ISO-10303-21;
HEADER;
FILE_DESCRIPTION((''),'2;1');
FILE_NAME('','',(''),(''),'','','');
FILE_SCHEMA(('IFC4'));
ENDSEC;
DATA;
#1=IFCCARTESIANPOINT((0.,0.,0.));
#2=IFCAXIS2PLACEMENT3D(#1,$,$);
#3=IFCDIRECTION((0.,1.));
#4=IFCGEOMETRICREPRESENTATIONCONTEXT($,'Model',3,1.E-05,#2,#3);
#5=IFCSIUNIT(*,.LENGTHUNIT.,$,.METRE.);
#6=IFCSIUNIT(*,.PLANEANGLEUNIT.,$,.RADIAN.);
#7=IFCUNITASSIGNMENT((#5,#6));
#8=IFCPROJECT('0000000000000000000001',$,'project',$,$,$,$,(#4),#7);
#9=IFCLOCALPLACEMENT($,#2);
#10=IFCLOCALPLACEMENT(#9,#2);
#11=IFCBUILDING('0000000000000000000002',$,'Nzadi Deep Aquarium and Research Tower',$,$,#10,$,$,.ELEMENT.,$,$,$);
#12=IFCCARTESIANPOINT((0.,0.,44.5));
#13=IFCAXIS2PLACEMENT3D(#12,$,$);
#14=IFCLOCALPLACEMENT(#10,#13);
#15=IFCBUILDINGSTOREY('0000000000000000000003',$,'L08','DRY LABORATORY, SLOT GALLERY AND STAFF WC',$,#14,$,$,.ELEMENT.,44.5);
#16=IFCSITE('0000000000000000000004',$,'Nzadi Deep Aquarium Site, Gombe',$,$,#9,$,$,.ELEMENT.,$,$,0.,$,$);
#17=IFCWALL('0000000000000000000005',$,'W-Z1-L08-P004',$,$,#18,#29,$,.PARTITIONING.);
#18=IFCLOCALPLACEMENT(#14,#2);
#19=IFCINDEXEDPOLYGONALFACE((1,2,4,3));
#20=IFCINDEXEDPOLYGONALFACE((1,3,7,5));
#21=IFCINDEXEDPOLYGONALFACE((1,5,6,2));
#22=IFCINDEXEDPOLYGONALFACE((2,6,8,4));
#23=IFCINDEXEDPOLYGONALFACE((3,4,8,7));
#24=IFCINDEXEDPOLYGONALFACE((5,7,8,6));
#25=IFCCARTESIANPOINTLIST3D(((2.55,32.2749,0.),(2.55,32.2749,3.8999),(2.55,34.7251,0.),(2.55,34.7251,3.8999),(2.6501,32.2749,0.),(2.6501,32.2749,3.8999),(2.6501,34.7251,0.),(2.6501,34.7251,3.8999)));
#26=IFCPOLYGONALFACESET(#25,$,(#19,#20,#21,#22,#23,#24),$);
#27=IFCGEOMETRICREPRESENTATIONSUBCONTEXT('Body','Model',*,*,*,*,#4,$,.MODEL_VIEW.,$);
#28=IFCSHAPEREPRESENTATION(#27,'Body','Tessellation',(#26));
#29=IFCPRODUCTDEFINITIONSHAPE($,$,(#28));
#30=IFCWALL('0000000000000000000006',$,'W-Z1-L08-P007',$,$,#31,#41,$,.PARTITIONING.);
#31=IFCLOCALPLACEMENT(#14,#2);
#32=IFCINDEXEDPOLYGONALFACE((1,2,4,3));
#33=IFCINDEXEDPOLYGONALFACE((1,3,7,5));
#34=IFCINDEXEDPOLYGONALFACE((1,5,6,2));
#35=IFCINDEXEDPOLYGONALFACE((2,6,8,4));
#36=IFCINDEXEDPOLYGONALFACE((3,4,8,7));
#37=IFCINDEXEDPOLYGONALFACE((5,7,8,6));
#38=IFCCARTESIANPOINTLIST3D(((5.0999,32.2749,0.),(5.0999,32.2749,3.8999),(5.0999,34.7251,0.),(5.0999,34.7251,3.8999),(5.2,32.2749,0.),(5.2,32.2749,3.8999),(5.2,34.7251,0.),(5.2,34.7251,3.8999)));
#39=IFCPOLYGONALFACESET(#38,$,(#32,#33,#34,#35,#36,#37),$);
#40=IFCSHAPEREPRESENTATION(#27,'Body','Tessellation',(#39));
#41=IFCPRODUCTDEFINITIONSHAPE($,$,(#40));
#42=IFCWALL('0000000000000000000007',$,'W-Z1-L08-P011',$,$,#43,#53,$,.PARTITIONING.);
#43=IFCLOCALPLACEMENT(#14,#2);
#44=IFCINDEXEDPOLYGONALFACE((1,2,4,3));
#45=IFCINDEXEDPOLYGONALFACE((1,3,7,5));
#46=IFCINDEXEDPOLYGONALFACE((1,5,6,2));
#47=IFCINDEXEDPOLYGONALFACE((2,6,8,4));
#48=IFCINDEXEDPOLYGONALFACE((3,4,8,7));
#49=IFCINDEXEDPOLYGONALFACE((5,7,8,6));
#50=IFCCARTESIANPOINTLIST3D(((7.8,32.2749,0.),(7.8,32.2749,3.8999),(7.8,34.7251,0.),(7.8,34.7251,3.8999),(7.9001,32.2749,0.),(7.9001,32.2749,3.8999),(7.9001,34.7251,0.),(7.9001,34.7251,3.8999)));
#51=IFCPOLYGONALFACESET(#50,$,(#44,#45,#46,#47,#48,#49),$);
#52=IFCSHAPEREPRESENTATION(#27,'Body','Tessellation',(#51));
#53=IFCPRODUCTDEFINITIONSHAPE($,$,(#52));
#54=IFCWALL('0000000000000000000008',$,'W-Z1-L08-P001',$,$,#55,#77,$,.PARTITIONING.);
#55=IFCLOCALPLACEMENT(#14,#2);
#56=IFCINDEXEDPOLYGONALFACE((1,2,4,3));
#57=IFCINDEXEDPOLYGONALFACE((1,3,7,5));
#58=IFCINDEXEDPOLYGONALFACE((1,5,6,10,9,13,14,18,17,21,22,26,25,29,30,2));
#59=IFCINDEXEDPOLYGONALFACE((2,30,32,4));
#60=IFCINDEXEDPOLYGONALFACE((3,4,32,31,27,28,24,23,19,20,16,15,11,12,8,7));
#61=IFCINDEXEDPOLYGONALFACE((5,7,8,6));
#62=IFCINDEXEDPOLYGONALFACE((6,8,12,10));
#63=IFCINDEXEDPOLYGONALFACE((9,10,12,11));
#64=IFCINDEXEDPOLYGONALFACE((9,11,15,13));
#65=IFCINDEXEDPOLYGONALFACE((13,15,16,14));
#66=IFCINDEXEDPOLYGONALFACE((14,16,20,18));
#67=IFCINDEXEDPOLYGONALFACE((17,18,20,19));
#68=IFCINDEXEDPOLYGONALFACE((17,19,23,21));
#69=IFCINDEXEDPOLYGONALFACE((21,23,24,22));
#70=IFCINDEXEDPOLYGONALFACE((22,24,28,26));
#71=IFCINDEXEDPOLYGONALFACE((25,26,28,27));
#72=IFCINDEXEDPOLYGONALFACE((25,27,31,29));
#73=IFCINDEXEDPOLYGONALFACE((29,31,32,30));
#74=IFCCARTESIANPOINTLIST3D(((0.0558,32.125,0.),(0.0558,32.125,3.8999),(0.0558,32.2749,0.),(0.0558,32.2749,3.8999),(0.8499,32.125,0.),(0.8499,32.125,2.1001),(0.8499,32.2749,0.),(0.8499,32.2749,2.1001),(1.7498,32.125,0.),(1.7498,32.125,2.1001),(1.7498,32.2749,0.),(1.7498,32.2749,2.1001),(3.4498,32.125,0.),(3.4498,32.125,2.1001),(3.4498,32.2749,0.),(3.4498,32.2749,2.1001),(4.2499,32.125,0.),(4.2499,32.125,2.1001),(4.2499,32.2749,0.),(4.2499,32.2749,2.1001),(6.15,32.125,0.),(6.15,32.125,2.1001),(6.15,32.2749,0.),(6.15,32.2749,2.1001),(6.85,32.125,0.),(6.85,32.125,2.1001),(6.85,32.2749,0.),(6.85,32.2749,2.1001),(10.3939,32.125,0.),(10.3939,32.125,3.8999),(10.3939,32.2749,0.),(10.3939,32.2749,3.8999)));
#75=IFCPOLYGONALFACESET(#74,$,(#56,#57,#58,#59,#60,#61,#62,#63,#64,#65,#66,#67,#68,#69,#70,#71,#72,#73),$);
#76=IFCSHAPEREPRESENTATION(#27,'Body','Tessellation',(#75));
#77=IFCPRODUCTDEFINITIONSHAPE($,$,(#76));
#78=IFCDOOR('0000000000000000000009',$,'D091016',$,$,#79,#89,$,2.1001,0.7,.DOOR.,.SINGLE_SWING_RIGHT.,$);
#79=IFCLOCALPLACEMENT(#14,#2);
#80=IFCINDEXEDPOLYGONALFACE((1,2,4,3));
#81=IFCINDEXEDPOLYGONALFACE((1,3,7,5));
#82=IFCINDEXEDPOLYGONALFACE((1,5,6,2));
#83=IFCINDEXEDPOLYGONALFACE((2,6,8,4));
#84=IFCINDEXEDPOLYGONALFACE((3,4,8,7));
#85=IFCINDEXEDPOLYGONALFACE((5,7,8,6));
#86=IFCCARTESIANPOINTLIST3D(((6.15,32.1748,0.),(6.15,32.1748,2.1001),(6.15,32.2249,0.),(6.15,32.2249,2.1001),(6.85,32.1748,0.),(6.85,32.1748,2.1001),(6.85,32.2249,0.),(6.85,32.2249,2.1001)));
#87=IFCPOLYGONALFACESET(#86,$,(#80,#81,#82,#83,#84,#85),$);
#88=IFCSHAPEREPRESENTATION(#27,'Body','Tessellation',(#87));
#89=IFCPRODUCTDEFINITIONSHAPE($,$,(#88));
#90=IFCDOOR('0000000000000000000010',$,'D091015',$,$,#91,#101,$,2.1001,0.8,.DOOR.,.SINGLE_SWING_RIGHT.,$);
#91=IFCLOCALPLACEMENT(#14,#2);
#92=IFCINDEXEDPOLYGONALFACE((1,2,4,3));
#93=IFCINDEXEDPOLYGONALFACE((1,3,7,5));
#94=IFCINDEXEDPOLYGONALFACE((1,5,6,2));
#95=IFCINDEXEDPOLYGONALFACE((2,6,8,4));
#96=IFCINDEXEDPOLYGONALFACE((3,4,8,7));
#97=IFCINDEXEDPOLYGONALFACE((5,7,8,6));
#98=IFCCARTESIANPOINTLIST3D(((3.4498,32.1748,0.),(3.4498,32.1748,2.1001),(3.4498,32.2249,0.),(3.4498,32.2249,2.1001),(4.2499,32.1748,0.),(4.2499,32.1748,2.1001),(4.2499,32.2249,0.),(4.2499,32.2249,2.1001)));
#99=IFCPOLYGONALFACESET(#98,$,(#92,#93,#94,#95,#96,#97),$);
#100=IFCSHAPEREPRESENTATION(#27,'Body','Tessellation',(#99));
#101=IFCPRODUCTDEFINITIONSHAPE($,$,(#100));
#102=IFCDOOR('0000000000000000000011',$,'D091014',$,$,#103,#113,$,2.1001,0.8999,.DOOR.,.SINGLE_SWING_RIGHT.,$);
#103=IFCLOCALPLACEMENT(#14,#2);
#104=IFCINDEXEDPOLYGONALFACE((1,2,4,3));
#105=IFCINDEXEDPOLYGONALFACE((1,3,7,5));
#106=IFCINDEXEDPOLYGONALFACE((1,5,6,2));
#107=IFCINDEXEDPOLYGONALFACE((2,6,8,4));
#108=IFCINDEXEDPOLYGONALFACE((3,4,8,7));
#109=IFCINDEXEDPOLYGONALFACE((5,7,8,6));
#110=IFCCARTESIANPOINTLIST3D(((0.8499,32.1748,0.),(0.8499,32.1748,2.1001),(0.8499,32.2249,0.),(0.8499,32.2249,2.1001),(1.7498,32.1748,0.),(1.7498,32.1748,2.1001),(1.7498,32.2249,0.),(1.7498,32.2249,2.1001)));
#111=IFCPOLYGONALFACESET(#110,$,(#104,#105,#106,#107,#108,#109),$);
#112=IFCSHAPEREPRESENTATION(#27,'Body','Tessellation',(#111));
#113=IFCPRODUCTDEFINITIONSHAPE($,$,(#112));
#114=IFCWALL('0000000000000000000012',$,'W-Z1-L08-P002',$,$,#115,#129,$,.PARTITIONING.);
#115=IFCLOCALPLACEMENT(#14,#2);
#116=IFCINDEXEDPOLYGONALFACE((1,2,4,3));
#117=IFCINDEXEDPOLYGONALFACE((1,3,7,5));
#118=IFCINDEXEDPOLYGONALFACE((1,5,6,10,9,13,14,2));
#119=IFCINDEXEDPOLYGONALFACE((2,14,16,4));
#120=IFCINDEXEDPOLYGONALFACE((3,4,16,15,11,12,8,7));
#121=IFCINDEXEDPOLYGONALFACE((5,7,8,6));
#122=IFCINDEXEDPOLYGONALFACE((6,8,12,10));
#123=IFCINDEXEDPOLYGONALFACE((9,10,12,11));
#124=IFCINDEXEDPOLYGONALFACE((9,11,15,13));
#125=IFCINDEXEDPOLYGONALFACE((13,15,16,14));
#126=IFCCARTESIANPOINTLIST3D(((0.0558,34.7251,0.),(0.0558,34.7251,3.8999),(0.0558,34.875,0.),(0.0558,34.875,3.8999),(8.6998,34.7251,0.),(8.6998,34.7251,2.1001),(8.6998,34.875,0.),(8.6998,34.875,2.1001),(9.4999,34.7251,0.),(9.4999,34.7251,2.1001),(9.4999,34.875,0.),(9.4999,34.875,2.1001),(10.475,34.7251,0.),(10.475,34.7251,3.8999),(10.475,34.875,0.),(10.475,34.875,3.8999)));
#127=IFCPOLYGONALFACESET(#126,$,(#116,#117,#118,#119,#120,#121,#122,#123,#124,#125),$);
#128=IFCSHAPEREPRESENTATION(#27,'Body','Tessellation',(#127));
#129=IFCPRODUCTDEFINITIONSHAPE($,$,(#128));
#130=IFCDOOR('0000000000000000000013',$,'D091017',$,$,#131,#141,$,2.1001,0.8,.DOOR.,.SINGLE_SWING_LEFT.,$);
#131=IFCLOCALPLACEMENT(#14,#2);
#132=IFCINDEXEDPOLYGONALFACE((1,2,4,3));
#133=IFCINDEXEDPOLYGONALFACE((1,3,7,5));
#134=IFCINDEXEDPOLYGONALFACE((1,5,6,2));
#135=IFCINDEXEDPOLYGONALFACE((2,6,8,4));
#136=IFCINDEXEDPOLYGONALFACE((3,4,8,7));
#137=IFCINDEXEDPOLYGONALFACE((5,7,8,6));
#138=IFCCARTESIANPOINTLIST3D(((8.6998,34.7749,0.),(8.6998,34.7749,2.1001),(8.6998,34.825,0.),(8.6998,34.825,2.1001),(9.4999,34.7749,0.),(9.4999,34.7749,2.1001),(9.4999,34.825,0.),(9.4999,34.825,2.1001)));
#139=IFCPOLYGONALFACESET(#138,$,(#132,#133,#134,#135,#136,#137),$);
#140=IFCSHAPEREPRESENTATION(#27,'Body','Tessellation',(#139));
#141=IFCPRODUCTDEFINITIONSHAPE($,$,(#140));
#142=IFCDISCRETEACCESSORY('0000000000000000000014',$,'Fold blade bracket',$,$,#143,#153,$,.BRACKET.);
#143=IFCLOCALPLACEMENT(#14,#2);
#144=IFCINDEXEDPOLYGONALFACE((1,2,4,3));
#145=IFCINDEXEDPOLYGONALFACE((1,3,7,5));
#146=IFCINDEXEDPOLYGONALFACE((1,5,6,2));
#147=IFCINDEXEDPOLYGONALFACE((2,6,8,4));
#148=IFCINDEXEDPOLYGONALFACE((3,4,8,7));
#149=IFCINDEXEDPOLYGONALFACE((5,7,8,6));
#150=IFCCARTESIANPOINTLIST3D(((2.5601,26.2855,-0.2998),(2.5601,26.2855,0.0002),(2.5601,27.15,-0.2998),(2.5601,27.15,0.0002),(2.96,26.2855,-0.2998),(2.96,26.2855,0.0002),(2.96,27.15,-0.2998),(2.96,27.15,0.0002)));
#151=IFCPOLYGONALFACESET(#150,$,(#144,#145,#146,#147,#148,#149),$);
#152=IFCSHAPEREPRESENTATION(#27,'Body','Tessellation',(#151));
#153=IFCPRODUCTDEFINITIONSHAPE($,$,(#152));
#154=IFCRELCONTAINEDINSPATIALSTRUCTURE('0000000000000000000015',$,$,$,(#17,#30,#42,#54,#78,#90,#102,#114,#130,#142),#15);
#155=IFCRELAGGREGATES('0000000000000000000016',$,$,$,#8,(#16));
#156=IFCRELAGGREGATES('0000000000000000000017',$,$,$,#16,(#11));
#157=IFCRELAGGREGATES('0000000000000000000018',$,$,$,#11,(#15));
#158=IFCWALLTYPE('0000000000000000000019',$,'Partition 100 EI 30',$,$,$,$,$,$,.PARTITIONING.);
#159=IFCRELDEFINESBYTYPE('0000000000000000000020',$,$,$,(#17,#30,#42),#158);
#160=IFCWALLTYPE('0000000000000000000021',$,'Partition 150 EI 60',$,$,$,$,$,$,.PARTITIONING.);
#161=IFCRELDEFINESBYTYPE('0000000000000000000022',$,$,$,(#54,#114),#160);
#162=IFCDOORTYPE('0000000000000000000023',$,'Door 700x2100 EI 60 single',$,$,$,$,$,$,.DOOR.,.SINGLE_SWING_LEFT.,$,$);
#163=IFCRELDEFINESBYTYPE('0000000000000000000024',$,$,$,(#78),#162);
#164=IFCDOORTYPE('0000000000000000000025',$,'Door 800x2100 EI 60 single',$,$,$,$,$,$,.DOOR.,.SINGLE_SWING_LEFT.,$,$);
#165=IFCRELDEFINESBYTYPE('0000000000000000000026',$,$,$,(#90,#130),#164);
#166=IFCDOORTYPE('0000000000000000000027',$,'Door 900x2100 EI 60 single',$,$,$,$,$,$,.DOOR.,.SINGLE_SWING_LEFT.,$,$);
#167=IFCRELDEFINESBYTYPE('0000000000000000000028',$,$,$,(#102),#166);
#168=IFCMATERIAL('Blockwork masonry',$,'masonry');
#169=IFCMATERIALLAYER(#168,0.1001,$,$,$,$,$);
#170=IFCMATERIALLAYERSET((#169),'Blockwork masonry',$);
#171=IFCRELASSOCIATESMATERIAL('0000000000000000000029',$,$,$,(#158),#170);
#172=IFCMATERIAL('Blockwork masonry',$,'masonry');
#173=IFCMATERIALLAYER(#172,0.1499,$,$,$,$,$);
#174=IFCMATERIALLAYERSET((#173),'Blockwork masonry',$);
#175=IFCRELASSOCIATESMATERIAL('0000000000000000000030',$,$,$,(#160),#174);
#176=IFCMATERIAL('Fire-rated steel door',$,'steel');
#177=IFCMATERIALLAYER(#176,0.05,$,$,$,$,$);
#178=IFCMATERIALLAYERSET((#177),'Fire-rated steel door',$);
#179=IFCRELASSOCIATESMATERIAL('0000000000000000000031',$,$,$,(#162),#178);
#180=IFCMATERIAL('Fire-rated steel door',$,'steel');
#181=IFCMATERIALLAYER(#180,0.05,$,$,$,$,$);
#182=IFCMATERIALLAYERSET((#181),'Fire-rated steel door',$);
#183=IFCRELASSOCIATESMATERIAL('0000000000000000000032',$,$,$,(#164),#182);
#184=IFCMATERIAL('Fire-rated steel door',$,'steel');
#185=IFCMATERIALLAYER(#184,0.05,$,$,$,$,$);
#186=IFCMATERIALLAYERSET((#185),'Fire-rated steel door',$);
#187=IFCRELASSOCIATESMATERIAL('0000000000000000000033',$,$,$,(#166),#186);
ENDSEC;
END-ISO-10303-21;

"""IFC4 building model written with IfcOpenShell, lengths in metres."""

from ifc_helpers import new_model, si_unit, direction, frame, frame_2d, origin, origin_2d, place, context, subcontext, project, spatial, rectangle, extrude, material, layer, layer_set, type_object, element, fill, save


model = new_model("IFC4")

# Units and contexts
model_context = context("Model", 3, precision=1e-05, world=origin(), true_north=direction((0.0, 1.0)))
body_context = subcontext(model_context, "Body", "Model", "MODEL_VIEW")
ifc_project = project(units=[si_unit("LENGTHUNIT", "METRE"), si_unit("PLANEANGLEUNIT", "RADIAN")], contexts=[model_context])

# Site, building, storey
site_placement = place(None, origin())
site = spatial("IfcSite", under=ifc_project, at=site_placement, Name="Nzadi Deep Aquarium Site, Gombe", CompositionType="ELEMENT", RefElevation=0.0)
building_placement = place(site_placement, origin())
building = spatial("IfcBuilding", under=site, at=building_placement, Name="Nzadi Deep Aquarium and Research Tower", CompositionType="ELEMENT")
storey_placement = place(building_placement, frame((0.0, 0.0, 44.5)))
storey = spatial("IfcBuildingStorey", under=building, at=storey_placement, Name="L08", Description="DRY LABORATORY, SLOT GALLERY AND STAFF WC", CompositionType="ELEMENT", Elevation=44.5)

# Walls
ifc_material_1 = material(Name="Blockwork masonry", Category="masonry")
ifc_layer_1 = layer(ifc_material_1, 0.1001)
ifc_layer_set_1 = layer_set([ifc_layer_1], Name="Blockwork masonry")
wall_type_1 = type_object("IfcWallType", Name="Partition 100 EI 30", PredefinedType="PARTITIONING", material=ifc_layer_set_1)
for number, where, z_axis, x_axis, name in (
    (1, (2.6001, 32.2749, 0.0), (0.0, 0.0, 1.0), (0.0, 1.0, 0.0), "W-Z1-L08-P004"),
    (2, (5.1499, 32.2749, 0.0), (0.0, 0.0, 1.0), (0.0, 1.0, 0.0), "W-Z1-L08-P007"),
    (3, (7.8501, 32.2749, 0.0), (0.0, 0.0, 1.0), (0.0, 1.0, 0.0), "W-Z1-L08-P011"),
):
    element("IfcWall", number, at=place(storey_placement, frame(where, z_axis=z_axis, x_axis=x_axis)), inside=storey, type_object=wall_type_1, Name=name, PredefinedType="PARTITIONING", context=body_context, shape_type="SweptSolid", body=[
        extrude(rectangle(XDim=2.4502, YDim=0.1001, at=frame_2d((1.2251, 0.0))), origin(), (0.0, 0.0, 1.0), 3.8999),
    ])

# Wall, openings, doors
ifc_material_2 = material(Name="Blockwork masonry", Category="masonry")
ifc_layer_2 = layer(ifc_material_2, 0.1499)
ifc_layer_set_2 = layer_set([ifc_layer_2], Name="Blockwork masonry")
wall_type_2 = type_object("IfcWallType", Name="Partition 150 EI 60", PredefinedType="PARTITIONING", material=ifc_layer_set_2)
wall_1_placement = place(storey_placement, frame((0.0559, 32.2, 0.0), z_axis=(0.0, 0.0, 1.0), x_axis=(1.0, 0.0, 0.0)))
wall_1 = element("IfcWall", 4, at=wall_1_placement, inside=storey, type_object=wall_type_2, Name="W-Z1-L08-P001", PredefinedType="PARTITIONING", context=body_context, shape_type="SweptSolid", body=[
    extrude(rectangle(XDim=10.3381, YDim=0.1499, at=frame_2d((5.1689, 0.0))), origin(), (0.0, 0.0, 1.0), 3.8999),
])
opening_1_placement = place(wall_1_placement, frame((0.7939, 0.0, 0.0)))
opening_1 = element("IfcOpeningElement", 5, at=opening_1_placement, cuts=wall_1, PredefinedType="OPENING", context=body_context, shape_type="SweptSolid", body=[
    extrude(rectangle(XDim=0.8999, YDim=2.1001, at=frame_2d((0.45, 1.05))), frame((0.0, 0.085, 0.0), z_axis=(0.0, -1.0, 0.0), x_axis=(1.0, 0.0, 0.0)), (0.0, 0.0, 1.0), 0.1699),
])
opening_2_placement = place(wall_1_placement, frame((3.394, 0.0, 0.0)))
opening_2 = element("IfcOpeningElement", 6, at=opening_2_placement, cuts=wall_1, PredefinedType="OPENING", context=body_context, shape_type="SweptSolid", body=[
    extrude(rectangle(XDim=0.8, YDim=2.1001, at=frame_2d((0.3999, 1.05))), frame((0.0, 0.085, 0.0), z_axis=(0.0, -1.0, 0.0), x_axis=(1.0, 0.0, 0.0)), (0.0, 0.0, 1.0), 0.1699),
])
opening_3_placement = place(wall_1_placement, frame((6.094, 0.0, 0.0)))
opening_3 = element("IfcOpeningElement", 7, at=opening_3_placement, cuts=wall_1, PredefinedType="OPENING", context=body_context, shape_type="SweptSolid", body=[
    extrude(rectangle(XDim=0.7, YDim=2.1001, at=frame_2d((0.3501, 1.05))), frame((0.0, 0.085, 0.0), z_axis=(0.0, -1.0, 0.0), x_axis=(1.0, 0.0, 0.0)), (0.0, 0.0, 1.0), 0.1699),
])
ifc_material_3 = material(Name="Fire-rated steel door", Category="steel")
ifc_layer_3 = layer(ifc_material_3, 0.05)
ifc_layer_set_3 = layer_set([ifc_layer_3], Name="Fire-rated steel door")
door_type_1 = type_object("IfcDoorType", Name="Door 700x2100 EI 60 single", OperationType="SINGLE_SWING_LEFT", PredefinedType="DOOR", material=ifc_layer_set_3)
door_1_placement = place(opening_3_placement, origin())
door_1 = element("IfcDoor", 8, at=door_1_placement, inside=storey, type_object=door_type_1, Name="D091016", OperationType="SINGLE_SWING_RIGHT", OverallHeight=2.1001, OverallWidth=0.7, PredefinedType="DOOR", context=body_context, shape_type="SweptSolid", body=[
    extrude(rectangle(XDim=0.7, YDim=2.1001, at=frame_2d((0.3501, 1.05))), frame((0.0, 0.0249, 0.0), z_axis=(0.0, -1.0, 0.0), x_axis=(1.0, 0.0, 0.0)), (0.0, 0.0, 1.0), 0.05),
])
fill(opening_3, door_1)
ifc_material_4 = material(Name="Fire-rated steel door", Category="steel")
ifc_layer_4 = layer(ifc_material_4, 0.05)
ifc_layer_set_4 = layer_set([ifc_layer_4], Name="Fire-rated steel door")
door_type_2 = type_object("IfcDoorType", Name="Door 800x2100 EI 60 single", OperationType="SINGLE_SWING_LEFT", PredefinedType="DOOR", material=ifc_layer_set_4)
door_2_placement = place(opening_2_placement, origin())
door_2 = element("IfcDoor", 9, at=door_2_placement, inside=storey, type_object=door_type_2, Name="D091015", OperationType="SINGLE_SWING_RIGHT", OverallHeight=2.1001, OverallWidth=0.8, PredefinedType="DOOR", context=body_context, shape_type="SweptSolid", body=[
    extrude(rectangle(XDim=0.8, YDim=2.1001, at=frame_2d((0.3999, 1.05))), frame((0.0, 0.0249, 0.0), z_axis=(0.0, -1.0, 0.0), x_axis=(1.0, 0.0, 0.0)), (0.0, 0.0, 1.0), 0.05),
])
fill(opening_2, door_2)
ifc_material_5 = material(Name="Fire-rated steel door", Category="steel")
ifc_layer_5 = layer(ifc_material_5, 0.05)
ifc_layer_set_5 = layer_set([ifc_layer_5], Name="Fire-rated steel door")
door_type_3 = type_object("IfcDoorType", Name="Door 900x2100 EI 60 single", OperationType="SINGLE_SWING_LEFT", PredefinedType="DOOR", material=ifc_layer_set_5)
door_3_placement = place(opening_1_placement, origin())
door_3 = element("IfcDoor", 10, at=door_3_placement, inside=storey, type_object=door_type_3, Name="D091014", OperationType="SINGLE_SWING_RIGHT", OverallHeight=2.1001, OverallWidth=0.8999, PredefinedType="DOOR", context=body_context, shape_type="SweptSolid", body=[
    extrude(rectangle(XDim=0.8999, YDim=2.1001, at=frame_2d((0.45, 1.05))), frame((0.0, 0.0249, 0.0), z_axis=(0.0, -1.0, 0.0), x_axis=(1.0, 0.0, 0.0)), (0.0, 0.0, 1.0), 0.05),
])
fill(opening_1, door_3)

# Wall, opening, door
wall_2_placement = place(storey_placement, frame((0.0559, 34.8, 0.0), z_axis=(0.0, 0.0, 1.0), x_axis=(1.0, 0.0, 0.0)))
wall_2 = element("IfcWall", 11, at=wall_2_placement, inside=storey, type_object=wall_type_2, Name="W-Z1-L08-P002", PredefinedType="PARTITIONING", context=body_context, shape_type="SweptSolid", body=[
    extrude(rectangle(XDim=10.4192, YDim=0.1499, at=frame_2d((5.2095, 0.0))), origin(), (0.0, 0.0, 1.0), 3.8999),
])
opening_4_placement = place(wall_2_placement, frame((8.644, 0.0, 0.0)))
opening_4 = element("IfcOpeningElement", 12, at=opening_4_placement, cuts=wall_2, PredefinedType="OPENING", context=body_context, shape_type="SweptSolid", body=[
    extrude(rectangle(XDim=0.8, YDim=2.1001, at=frame_2d((0.3999, 1.05))), frame((0.0, 0.085, 0.0), z_axis=(0.0, -1.0, 0.0), x_axis=(1.0, 0.0, 0.0)), (0.0, 0.0, 1.0), 0.1699),
])
door_4_placement = place(opening_4_placement, origin())
door_4 = element("IfcDoor", 13, at=door_4_placement, inside=storey, type_object=door_type_2, Name="D091017", OperationType="SINGLE_SWING_LEFT", OverallHeight=2.1001, OverallWidth=0.8, PredefinedType="DOOR", context=body_context, shape_type="SweptSolid", body=[
    extrude(rectangle(XDim=0.8, YDim=2.1001, at=frame_2d((0.3999, 1.05))), frame((0.0, 0.0249, 0.0), z_axis=(0.0, -1.0, 0.0), x_axis=(1.0, 0.0, 0.0)), (0.0, 0.0, 1.0), 0.05),
])
fill(opening_4, door_4)

# Discrete accessory
discrete_accessory_placement = place(storey_placement, frame((2.76, 26.7178, -0.2998), z_axis=(0.0, 0.0, 1.0), x_axis=(1.0, 0.0, 0.0)))
element("IfcDiscreteAccessory", 14, at=discrete_accessory_placement, inside=storey, Name="Fold blade bracket", PredefinedType="BRACKET", context=body_context, shape_type="SweptSolid", body=[
    extrude(rectangle(XDim=0.3999, YDim=0.8645, at=origin_2d()), origin(), (0.0, 0.0, 1.0), 0.3),
])

save(model, "model.ifc")
